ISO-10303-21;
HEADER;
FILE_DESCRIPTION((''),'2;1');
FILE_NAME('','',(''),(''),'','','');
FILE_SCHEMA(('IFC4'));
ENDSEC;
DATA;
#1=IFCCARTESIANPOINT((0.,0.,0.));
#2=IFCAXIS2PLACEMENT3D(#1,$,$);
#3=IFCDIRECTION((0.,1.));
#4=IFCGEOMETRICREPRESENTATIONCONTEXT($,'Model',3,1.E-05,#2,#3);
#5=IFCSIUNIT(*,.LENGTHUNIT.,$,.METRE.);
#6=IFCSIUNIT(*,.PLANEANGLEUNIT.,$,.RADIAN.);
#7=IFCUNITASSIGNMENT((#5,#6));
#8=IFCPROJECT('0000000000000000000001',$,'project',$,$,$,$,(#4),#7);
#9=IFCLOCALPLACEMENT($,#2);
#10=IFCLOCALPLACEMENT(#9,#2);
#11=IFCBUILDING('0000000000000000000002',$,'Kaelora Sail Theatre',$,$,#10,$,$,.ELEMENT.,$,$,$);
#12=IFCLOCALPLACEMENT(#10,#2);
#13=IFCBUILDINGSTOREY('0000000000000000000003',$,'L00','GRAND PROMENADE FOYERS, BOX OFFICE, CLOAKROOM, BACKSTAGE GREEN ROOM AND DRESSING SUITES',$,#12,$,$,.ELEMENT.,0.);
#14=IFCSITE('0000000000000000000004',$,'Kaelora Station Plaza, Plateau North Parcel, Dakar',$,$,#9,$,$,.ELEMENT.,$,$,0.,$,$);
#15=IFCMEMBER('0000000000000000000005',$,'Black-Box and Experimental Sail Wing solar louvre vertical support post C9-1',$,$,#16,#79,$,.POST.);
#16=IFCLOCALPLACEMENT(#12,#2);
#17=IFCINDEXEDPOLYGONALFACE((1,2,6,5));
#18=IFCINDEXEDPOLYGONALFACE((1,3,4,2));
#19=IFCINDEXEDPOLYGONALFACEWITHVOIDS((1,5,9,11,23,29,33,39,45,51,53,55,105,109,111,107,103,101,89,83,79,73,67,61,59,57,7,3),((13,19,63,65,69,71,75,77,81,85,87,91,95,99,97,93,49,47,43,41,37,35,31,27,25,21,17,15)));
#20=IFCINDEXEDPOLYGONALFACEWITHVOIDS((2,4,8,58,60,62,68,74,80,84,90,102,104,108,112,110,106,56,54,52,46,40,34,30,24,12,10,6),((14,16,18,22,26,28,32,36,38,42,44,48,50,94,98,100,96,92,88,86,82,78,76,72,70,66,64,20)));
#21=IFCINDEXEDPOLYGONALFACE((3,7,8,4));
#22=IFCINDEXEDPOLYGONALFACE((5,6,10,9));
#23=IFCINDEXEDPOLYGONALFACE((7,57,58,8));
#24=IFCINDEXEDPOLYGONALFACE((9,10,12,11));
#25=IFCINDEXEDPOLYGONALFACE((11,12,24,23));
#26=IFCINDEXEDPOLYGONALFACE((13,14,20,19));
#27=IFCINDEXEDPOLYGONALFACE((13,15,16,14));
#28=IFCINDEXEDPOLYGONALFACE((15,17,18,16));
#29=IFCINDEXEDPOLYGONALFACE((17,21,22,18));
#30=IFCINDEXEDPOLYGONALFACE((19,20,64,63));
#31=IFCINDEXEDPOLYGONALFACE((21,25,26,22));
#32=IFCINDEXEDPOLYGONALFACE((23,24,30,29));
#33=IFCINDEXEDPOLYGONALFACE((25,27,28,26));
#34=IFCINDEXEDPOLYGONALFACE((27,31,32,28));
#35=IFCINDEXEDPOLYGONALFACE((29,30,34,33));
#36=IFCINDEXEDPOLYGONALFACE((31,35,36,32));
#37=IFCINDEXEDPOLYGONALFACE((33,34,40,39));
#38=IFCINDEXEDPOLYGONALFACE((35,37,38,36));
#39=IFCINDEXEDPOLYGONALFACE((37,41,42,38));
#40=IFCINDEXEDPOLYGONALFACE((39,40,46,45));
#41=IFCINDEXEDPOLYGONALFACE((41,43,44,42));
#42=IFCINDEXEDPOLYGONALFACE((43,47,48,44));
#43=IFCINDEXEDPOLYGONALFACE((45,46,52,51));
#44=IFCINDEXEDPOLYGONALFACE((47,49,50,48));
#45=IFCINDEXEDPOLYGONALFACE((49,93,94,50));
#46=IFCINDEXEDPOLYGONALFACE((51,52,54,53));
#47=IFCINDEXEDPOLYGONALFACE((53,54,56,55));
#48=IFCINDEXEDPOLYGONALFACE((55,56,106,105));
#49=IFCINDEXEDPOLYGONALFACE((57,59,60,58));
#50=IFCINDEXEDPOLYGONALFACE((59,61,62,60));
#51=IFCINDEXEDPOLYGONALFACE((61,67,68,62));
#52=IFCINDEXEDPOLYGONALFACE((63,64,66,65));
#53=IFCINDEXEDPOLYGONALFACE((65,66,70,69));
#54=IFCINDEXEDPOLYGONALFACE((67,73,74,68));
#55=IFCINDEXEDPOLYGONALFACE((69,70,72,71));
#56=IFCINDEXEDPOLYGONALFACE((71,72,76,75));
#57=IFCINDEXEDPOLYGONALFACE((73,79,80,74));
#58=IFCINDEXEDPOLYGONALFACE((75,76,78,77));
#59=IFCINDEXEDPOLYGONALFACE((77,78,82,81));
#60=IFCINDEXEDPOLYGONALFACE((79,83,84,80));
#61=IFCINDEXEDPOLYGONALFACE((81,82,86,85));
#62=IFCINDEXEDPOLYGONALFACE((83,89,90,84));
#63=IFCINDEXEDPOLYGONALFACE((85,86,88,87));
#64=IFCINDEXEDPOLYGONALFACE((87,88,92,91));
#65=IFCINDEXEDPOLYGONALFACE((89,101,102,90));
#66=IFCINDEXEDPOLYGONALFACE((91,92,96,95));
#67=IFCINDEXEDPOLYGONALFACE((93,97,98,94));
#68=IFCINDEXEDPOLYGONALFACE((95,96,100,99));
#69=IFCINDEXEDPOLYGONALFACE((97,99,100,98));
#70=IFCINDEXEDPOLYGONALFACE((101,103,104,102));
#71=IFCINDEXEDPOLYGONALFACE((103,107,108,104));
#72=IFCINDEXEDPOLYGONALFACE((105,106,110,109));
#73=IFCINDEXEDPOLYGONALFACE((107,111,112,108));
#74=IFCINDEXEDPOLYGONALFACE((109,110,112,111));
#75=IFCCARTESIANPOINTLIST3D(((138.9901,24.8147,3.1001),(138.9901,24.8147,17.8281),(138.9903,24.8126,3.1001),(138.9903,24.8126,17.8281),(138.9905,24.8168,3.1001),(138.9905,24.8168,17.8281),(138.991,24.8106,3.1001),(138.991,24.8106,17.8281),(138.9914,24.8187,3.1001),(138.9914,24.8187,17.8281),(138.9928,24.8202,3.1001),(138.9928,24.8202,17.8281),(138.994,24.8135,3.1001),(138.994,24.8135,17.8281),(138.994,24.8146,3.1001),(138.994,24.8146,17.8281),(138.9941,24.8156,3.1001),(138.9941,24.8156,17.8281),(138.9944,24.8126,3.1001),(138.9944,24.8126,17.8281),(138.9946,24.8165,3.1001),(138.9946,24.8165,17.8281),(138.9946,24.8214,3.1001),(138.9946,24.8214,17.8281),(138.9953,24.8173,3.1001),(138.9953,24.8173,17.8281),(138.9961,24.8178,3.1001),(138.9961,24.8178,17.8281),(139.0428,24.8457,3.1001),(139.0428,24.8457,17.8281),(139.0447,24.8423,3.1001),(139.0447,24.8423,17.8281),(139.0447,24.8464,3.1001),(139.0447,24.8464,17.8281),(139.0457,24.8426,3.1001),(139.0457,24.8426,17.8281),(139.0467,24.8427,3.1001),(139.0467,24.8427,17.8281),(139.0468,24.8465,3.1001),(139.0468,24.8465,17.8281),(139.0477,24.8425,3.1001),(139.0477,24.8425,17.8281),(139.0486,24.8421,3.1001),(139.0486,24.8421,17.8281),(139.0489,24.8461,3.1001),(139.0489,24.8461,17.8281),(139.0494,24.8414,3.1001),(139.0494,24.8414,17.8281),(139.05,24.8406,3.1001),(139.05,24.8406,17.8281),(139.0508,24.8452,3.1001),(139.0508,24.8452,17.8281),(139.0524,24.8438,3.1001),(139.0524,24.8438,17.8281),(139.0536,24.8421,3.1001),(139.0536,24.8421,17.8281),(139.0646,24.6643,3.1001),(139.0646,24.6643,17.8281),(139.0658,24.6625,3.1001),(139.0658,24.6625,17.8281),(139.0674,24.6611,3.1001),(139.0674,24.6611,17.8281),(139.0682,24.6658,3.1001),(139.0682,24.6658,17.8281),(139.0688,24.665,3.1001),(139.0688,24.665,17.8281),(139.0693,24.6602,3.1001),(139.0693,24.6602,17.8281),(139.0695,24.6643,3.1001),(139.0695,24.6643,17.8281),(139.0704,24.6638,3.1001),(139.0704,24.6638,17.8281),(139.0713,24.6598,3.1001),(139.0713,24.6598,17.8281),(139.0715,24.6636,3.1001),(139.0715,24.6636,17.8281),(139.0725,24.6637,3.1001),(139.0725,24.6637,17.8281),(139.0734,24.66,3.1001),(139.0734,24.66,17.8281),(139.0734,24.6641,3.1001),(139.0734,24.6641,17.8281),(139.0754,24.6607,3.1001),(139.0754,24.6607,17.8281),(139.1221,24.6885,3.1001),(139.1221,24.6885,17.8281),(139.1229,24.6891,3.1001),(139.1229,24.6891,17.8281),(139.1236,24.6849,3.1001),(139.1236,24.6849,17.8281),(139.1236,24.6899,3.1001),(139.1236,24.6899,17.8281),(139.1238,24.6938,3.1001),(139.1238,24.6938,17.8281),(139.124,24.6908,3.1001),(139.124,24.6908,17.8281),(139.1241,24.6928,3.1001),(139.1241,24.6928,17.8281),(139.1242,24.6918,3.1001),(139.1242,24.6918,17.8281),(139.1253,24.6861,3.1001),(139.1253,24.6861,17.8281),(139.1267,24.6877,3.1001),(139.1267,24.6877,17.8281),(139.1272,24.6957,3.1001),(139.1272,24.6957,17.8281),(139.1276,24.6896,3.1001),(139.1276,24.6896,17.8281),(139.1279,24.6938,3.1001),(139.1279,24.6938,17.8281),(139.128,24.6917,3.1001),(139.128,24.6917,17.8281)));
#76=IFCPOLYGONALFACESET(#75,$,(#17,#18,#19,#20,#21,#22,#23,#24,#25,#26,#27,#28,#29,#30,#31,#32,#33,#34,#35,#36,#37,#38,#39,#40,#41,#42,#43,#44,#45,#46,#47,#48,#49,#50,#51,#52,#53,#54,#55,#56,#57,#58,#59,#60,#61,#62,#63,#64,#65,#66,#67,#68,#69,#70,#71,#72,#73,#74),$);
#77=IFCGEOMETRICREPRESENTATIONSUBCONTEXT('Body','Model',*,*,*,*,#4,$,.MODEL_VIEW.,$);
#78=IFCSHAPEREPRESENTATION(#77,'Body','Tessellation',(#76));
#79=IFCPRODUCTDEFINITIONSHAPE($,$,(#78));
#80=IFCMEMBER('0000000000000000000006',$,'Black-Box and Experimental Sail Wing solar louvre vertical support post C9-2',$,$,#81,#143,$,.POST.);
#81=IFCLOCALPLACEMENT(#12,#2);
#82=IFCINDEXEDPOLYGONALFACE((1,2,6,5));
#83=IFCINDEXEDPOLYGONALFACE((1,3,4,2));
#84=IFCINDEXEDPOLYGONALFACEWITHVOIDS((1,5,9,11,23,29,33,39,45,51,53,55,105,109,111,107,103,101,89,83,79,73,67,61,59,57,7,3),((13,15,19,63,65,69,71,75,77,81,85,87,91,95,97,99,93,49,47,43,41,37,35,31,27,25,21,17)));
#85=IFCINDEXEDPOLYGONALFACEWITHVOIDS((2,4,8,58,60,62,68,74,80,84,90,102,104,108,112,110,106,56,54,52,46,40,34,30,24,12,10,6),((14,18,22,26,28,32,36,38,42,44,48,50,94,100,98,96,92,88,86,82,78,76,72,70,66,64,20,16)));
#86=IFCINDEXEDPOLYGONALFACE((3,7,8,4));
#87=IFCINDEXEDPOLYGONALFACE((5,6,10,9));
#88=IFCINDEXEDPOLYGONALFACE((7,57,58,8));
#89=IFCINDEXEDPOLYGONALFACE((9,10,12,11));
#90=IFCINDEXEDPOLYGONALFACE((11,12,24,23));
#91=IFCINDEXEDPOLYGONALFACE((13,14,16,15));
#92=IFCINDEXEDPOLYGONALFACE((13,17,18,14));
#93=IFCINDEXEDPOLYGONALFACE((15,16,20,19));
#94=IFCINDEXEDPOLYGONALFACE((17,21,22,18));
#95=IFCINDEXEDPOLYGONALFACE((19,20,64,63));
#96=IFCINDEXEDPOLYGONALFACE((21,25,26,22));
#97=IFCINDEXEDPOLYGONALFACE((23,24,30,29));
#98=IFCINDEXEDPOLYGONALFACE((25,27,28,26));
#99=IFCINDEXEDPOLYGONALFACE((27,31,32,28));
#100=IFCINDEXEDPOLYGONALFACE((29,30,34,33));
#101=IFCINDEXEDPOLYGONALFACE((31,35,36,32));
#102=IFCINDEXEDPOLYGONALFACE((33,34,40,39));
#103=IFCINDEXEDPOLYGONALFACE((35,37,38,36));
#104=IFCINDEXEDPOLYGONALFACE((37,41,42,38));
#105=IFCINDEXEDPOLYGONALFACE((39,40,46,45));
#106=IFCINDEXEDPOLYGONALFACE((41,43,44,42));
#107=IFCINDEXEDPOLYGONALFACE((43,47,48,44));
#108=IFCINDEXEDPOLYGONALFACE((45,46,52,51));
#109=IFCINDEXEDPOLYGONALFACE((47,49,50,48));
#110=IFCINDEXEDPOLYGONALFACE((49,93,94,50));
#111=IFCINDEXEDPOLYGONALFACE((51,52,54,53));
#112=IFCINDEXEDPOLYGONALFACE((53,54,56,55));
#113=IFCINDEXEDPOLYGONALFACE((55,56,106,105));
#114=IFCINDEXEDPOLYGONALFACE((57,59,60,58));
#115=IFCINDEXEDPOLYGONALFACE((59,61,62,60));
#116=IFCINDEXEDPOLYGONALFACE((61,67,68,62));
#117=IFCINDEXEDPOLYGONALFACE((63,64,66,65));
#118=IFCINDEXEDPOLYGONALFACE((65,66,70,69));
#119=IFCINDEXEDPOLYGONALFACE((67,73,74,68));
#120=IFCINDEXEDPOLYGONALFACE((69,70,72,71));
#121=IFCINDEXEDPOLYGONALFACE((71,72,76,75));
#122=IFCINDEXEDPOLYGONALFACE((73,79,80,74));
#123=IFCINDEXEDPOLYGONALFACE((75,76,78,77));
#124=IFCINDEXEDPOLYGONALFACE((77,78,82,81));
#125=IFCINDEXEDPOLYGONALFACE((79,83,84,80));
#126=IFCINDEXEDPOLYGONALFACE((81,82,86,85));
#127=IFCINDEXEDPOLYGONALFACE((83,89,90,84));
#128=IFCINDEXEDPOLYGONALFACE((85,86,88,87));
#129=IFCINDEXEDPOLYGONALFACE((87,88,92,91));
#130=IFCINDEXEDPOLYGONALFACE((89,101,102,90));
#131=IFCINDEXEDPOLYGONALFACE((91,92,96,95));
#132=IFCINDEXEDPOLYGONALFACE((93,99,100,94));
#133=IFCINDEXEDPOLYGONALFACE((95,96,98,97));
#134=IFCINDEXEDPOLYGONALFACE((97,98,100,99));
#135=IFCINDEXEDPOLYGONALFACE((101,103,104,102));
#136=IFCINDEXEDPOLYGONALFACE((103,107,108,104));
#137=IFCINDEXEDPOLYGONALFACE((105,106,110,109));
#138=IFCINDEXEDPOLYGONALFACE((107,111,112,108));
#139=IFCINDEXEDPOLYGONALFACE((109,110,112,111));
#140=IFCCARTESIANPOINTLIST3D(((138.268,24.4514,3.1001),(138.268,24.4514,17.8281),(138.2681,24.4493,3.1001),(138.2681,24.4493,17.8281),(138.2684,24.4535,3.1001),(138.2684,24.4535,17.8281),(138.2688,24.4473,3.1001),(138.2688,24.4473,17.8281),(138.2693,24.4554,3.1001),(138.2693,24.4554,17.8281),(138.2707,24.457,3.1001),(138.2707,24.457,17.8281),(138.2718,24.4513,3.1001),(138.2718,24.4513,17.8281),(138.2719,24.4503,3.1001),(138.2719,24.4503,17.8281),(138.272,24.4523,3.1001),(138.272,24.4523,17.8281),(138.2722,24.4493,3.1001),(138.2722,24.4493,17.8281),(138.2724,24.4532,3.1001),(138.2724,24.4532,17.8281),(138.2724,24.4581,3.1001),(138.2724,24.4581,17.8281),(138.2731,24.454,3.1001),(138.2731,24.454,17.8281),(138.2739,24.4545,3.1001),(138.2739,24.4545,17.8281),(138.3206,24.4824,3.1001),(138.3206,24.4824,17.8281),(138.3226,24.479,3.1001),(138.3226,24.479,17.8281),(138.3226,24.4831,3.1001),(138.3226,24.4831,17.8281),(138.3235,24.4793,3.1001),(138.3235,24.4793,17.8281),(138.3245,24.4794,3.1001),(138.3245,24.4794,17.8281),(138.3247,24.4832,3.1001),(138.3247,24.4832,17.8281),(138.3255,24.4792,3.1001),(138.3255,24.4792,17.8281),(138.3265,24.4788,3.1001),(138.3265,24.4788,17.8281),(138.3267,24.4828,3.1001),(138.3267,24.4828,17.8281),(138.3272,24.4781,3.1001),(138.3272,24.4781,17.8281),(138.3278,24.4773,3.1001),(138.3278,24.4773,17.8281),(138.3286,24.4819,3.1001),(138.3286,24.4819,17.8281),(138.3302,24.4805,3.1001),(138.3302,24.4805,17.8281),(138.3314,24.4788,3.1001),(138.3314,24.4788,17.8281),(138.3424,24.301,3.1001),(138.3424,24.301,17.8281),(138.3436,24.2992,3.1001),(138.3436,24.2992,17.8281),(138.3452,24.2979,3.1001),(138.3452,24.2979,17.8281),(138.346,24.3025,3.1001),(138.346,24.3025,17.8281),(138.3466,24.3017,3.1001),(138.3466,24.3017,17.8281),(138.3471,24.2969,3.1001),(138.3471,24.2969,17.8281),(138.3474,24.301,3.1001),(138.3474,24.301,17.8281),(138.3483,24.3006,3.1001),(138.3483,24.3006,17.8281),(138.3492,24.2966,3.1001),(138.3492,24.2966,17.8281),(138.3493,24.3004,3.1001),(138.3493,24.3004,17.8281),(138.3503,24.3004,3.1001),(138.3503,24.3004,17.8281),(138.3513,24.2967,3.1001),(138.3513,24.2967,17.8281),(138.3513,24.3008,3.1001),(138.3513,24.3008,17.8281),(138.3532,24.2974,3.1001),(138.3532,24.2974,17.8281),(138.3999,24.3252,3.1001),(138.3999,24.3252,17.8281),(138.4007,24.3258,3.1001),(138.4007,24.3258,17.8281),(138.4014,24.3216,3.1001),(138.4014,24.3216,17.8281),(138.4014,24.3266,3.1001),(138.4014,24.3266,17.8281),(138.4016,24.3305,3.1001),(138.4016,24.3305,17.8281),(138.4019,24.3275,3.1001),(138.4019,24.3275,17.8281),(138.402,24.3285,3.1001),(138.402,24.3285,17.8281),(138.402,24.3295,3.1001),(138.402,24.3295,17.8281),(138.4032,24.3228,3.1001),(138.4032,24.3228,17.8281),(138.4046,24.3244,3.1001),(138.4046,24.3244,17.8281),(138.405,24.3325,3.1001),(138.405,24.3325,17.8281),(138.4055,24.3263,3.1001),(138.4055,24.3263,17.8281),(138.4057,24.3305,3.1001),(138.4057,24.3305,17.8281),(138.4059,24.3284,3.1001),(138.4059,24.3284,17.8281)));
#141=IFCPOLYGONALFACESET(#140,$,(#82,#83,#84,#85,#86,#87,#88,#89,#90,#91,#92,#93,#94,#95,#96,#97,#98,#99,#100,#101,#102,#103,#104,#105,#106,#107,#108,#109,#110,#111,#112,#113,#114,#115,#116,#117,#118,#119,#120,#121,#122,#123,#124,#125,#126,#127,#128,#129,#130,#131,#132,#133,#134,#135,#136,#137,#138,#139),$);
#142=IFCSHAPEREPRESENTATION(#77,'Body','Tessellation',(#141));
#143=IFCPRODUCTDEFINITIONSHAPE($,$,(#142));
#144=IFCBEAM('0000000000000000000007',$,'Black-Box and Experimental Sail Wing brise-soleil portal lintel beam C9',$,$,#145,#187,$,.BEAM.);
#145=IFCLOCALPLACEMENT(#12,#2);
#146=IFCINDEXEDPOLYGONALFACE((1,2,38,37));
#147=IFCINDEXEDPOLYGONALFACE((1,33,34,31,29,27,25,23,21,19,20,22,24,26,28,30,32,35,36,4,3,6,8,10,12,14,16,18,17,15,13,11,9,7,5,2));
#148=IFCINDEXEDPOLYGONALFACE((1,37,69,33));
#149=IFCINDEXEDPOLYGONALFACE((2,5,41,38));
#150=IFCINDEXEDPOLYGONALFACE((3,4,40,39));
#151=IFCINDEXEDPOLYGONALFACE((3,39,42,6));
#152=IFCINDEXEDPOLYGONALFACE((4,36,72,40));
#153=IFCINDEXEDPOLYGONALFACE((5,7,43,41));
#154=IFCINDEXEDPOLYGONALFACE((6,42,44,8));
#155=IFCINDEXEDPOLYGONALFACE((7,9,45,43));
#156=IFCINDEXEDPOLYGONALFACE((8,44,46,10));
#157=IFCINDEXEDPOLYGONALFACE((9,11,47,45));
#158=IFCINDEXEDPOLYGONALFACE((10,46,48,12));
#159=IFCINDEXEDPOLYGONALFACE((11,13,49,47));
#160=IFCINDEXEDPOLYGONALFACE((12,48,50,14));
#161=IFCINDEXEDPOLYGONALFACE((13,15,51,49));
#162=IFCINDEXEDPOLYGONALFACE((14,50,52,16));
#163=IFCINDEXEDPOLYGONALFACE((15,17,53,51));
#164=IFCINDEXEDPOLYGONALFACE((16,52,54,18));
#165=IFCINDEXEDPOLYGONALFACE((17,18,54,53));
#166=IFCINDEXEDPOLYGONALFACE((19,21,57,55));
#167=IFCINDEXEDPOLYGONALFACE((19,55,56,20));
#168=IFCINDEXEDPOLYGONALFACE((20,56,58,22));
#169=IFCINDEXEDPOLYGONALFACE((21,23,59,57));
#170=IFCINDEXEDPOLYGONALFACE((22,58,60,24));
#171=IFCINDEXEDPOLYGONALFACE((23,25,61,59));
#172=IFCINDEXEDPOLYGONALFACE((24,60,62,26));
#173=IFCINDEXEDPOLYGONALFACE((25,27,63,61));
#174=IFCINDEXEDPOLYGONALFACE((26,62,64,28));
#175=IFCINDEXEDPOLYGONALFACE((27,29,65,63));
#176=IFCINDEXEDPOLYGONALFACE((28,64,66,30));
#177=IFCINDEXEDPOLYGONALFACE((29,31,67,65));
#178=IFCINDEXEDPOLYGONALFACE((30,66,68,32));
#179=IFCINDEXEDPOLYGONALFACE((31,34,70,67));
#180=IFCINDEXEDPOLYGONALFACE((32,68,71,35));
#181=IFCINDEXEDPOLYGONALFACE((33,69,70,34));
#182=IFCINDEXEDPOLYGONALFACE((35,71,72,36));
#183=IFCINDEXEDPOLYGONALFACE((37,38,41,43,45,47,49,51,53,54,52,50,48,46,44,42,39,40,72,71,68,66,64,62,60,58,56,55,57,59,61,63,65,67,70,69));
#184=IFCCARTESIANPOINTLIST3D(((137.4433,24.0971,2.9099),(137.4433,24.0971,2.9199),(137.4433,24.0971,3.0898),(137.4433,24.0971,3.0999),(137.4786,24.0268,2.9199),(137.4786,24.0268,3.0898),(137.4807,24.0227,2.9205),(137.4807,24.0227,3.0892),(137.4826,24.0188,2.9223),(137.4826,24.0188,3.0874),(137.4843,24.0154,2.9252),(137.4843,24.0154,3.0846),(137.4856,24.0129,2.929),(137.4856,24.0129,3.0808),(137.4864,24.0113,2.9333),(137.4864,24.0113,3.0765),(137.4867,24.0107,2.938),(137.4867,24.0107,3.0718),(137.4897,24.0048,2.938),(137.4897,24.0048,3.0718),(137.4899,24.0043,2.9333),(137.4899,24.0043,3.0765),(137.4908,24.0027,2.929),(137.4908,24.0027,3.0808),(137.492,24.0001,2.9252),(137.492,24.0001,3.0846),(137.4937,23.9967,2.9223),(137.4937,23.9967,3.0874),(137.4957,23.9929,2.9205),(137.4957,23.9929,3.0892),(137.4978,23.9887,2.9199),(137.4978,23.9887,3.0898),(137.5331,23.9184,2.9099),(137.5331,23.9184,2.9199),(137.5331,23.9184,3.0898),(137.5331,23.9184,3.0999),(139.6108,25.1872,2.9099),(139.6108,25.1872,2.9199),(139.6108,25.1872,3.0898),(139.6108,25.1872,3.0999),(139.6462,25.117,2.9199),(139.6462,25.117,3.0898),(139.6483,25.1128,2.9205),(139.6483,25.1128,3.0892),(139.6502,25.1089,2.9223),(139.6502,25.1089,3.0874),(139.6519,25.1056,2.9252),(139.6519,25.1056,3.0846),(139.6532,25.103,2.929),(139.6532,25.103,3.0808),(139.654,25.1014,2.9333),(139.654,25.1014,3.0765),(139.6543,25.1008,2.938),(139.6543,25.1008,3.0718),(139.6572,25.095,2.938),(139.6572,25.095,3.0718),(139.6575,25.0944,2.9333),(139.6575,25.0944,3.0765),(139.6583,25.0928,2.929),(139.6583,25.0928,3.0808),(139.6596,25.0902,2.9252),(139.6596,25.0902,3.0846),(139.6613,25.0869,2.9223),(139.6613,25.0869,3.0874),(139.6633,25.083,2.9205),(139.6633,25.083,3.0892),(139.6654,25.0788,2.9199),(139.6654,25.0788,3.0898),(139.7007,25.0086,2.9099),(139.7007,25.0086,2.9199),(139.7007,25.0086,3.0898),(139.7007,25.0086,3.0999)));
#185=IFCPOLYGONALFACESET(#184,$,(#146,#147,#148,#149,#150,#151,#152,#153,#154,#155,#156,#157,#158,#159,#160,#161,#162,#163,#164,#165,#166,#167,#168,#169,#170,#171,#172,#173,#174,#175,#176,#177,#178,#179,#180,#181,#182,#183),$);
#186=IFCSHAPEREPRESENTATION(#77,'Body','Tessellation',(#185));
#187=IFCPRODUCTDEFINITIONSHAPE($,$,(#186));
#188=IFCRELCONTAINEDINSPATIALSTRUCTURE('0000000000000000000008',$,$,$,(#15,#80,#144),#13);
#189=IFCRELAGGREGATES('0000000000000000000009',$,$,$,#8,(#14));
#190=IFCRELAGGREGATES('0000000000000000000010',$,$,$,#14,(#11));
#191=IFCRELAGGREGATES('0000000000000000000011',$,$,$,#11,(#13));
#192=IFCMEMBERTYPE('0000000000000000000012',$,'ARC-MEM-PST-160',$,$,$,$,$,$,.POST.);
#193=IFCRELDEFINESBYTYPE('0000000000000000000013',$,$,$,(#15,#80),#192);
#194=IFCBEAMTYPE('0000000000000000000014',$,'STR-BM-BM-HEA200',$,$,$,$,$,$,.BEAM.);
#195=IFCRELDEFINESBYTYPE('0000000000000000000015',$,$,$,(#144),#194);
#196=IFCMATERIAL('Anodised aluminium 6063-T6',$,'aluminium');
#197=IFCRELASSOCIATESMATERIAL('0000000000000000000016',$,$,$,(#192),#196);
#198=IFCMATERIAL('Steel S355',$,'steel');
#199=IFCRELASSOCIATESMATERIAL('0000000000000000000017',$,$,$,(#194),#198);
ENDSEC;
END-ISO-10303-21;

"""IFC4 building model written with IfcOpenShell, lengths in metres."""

from ifc_helpers import new_model, si_unit, direction, frame, origin, origin_2d, place, context, subcontext, project, spatial, hollow_rectangle, i_section, extrude, material, material_profile, profile_set, type_object, element, save


model = new_model("IFC4")

# Units and contexts
model_context = context("Model", 3, precision=1e-05, world=origin(), true_north=direction((0.0, 1.0)))
body_context = subcontext(model_context, "Body", "Model", "MODEL_VIEW")
ifc_project = project(units=[si_unit("LENGTHUNIT", "METRE"), si_unit("PLANEANGLEUNIT", "RADIAN")], contexts=[model_context])

# Site, building, storey
site_placement = place(None, origin())
site = spatial("IfcSite", under=ifc_project, at=site_placement, Name="Kaelora Station Plaza, Plateau North Parcel, Dakar", CompositionType="ELEMENT", RefElevation=0.0)
building_placement = place(site_placement, origin())
building = spatial("IfcBuilding", under=site, at=building_placement, Name="Kaelora Sail Theatre", CompositionType="ELEMENT")
storey_placement = place(building_placement, origin())
storey = spatial("IfcBuildingStorey", under=building, at=storey_placement, Name="L00", Description="GRAND PROMENADE FOYERS, BOX OFFICE, CLOAKROOM, BACKSTAGE GREEN ROOM AND DRESSING SUITES", CompositionType="ELEMENT", Elevation=0.0)

# Members
ifc_material_1 = material(Name="Anodised aluminium 6063-T6", Category="aluminium")
ifc_material_profile_1 = material_profile(ifc_material_1, hollow_rectangle(XDim=0.0701, YDim=0.1799, WallThickness=0.0039, InnerFilletRadius=0.0039, OuterFilletRadius=0.0081, at=origin_2d()), Name="ALU-MULL 70x180x4")
ifc_profile_set_1 = profile_set([ifc_material_profile_1], Name="Anodised aluminium 6063-T6")
member_type_1 = type_object("IfcMemberType", Name="ARC-MEM-PST-160", PredefinedType="POST", material=ifc_profile_set_1)
for number, where, z_axis, x_axis, name in (
    (1, (139.0591, 24.7532, 3.1001), (0.0, 0.0, 1.0), (-0.893371, -0.449319, 0.0), "Black-Box and Experimental Sail Wing solar louvre vertical support post C9-1"),
    (2, (138.3369, 24.3899, 3.1001), (0.0, 0.0, 1.0), (-0.893371, -0.449319, 0.0), "Black-Box and Experimental Sail Wing solar louvre vertical support post C9-2"),
):
    element("IfcMember", number, at=place(storey_placement, frame(where, z_axis=z_axis, x_axis=x_axis)), inside=storey, type_object=member_type_1, Name=name, PredefinedType="POST", context=body_context, shape_type="SweptSolid", body=[
        extrude(hollow_rectangle(XDim=0.0701, YDim=0.1799, WallThickness=0.0039, InnerFilletRadius=0.0039, OuterFilletRadius=0.0081, at=origin_2d()), origin(), (0.0, 0.0, 1.0), 14.728),
    ])

# Beam
ifc_material_2 = material(Name="Steel S355", Category="steel")
ifc_material_profile_2 = material_profile(ifc_material_2, i_section(OverallWidth=0.2, OverallDepth=0.1899, WebThickness=0.0066, FlangeThickness=0.01, FilletRadius=0.0181, at=origin_2d()), Name="HEA 200")
ifc_profile_set_2 = profile_set([ifc_material_profile_2], Name="Steel S355")
beam_type = type_object("IfcBeamType", Name="STR-BM-BM-HEA200", PredefinedType="BEAM", material=ifc_profile_set_2)
beam_placement = place(storey_placement, frame((139.6558, 25.0979, 3.0049), z_axis=(-0.893378, -0.449305, 0.0), x_axis=(0.449305, -0.893378, 0.0)))
element("IfcBeam", 3, at=beam_placement, inside=storey, type_object=beam_type, Name="Black-Box and Experimental Sail Wing brise-soleil portal lintel beam C9", PredefinedType="BEAM", context=body_context, shape_type="SweptSolid", body=[
    extrude(i_section(OverallWidth=0.2, OverallDepth=0.1899, WebThickness=0.0066, FlangeThickness=0.01, FilletRadius=0.0181, at=origin_2d()), origin(), (0.0, 0.0, 1.0), 2.4263),
])

save(model, "model.ifc")
